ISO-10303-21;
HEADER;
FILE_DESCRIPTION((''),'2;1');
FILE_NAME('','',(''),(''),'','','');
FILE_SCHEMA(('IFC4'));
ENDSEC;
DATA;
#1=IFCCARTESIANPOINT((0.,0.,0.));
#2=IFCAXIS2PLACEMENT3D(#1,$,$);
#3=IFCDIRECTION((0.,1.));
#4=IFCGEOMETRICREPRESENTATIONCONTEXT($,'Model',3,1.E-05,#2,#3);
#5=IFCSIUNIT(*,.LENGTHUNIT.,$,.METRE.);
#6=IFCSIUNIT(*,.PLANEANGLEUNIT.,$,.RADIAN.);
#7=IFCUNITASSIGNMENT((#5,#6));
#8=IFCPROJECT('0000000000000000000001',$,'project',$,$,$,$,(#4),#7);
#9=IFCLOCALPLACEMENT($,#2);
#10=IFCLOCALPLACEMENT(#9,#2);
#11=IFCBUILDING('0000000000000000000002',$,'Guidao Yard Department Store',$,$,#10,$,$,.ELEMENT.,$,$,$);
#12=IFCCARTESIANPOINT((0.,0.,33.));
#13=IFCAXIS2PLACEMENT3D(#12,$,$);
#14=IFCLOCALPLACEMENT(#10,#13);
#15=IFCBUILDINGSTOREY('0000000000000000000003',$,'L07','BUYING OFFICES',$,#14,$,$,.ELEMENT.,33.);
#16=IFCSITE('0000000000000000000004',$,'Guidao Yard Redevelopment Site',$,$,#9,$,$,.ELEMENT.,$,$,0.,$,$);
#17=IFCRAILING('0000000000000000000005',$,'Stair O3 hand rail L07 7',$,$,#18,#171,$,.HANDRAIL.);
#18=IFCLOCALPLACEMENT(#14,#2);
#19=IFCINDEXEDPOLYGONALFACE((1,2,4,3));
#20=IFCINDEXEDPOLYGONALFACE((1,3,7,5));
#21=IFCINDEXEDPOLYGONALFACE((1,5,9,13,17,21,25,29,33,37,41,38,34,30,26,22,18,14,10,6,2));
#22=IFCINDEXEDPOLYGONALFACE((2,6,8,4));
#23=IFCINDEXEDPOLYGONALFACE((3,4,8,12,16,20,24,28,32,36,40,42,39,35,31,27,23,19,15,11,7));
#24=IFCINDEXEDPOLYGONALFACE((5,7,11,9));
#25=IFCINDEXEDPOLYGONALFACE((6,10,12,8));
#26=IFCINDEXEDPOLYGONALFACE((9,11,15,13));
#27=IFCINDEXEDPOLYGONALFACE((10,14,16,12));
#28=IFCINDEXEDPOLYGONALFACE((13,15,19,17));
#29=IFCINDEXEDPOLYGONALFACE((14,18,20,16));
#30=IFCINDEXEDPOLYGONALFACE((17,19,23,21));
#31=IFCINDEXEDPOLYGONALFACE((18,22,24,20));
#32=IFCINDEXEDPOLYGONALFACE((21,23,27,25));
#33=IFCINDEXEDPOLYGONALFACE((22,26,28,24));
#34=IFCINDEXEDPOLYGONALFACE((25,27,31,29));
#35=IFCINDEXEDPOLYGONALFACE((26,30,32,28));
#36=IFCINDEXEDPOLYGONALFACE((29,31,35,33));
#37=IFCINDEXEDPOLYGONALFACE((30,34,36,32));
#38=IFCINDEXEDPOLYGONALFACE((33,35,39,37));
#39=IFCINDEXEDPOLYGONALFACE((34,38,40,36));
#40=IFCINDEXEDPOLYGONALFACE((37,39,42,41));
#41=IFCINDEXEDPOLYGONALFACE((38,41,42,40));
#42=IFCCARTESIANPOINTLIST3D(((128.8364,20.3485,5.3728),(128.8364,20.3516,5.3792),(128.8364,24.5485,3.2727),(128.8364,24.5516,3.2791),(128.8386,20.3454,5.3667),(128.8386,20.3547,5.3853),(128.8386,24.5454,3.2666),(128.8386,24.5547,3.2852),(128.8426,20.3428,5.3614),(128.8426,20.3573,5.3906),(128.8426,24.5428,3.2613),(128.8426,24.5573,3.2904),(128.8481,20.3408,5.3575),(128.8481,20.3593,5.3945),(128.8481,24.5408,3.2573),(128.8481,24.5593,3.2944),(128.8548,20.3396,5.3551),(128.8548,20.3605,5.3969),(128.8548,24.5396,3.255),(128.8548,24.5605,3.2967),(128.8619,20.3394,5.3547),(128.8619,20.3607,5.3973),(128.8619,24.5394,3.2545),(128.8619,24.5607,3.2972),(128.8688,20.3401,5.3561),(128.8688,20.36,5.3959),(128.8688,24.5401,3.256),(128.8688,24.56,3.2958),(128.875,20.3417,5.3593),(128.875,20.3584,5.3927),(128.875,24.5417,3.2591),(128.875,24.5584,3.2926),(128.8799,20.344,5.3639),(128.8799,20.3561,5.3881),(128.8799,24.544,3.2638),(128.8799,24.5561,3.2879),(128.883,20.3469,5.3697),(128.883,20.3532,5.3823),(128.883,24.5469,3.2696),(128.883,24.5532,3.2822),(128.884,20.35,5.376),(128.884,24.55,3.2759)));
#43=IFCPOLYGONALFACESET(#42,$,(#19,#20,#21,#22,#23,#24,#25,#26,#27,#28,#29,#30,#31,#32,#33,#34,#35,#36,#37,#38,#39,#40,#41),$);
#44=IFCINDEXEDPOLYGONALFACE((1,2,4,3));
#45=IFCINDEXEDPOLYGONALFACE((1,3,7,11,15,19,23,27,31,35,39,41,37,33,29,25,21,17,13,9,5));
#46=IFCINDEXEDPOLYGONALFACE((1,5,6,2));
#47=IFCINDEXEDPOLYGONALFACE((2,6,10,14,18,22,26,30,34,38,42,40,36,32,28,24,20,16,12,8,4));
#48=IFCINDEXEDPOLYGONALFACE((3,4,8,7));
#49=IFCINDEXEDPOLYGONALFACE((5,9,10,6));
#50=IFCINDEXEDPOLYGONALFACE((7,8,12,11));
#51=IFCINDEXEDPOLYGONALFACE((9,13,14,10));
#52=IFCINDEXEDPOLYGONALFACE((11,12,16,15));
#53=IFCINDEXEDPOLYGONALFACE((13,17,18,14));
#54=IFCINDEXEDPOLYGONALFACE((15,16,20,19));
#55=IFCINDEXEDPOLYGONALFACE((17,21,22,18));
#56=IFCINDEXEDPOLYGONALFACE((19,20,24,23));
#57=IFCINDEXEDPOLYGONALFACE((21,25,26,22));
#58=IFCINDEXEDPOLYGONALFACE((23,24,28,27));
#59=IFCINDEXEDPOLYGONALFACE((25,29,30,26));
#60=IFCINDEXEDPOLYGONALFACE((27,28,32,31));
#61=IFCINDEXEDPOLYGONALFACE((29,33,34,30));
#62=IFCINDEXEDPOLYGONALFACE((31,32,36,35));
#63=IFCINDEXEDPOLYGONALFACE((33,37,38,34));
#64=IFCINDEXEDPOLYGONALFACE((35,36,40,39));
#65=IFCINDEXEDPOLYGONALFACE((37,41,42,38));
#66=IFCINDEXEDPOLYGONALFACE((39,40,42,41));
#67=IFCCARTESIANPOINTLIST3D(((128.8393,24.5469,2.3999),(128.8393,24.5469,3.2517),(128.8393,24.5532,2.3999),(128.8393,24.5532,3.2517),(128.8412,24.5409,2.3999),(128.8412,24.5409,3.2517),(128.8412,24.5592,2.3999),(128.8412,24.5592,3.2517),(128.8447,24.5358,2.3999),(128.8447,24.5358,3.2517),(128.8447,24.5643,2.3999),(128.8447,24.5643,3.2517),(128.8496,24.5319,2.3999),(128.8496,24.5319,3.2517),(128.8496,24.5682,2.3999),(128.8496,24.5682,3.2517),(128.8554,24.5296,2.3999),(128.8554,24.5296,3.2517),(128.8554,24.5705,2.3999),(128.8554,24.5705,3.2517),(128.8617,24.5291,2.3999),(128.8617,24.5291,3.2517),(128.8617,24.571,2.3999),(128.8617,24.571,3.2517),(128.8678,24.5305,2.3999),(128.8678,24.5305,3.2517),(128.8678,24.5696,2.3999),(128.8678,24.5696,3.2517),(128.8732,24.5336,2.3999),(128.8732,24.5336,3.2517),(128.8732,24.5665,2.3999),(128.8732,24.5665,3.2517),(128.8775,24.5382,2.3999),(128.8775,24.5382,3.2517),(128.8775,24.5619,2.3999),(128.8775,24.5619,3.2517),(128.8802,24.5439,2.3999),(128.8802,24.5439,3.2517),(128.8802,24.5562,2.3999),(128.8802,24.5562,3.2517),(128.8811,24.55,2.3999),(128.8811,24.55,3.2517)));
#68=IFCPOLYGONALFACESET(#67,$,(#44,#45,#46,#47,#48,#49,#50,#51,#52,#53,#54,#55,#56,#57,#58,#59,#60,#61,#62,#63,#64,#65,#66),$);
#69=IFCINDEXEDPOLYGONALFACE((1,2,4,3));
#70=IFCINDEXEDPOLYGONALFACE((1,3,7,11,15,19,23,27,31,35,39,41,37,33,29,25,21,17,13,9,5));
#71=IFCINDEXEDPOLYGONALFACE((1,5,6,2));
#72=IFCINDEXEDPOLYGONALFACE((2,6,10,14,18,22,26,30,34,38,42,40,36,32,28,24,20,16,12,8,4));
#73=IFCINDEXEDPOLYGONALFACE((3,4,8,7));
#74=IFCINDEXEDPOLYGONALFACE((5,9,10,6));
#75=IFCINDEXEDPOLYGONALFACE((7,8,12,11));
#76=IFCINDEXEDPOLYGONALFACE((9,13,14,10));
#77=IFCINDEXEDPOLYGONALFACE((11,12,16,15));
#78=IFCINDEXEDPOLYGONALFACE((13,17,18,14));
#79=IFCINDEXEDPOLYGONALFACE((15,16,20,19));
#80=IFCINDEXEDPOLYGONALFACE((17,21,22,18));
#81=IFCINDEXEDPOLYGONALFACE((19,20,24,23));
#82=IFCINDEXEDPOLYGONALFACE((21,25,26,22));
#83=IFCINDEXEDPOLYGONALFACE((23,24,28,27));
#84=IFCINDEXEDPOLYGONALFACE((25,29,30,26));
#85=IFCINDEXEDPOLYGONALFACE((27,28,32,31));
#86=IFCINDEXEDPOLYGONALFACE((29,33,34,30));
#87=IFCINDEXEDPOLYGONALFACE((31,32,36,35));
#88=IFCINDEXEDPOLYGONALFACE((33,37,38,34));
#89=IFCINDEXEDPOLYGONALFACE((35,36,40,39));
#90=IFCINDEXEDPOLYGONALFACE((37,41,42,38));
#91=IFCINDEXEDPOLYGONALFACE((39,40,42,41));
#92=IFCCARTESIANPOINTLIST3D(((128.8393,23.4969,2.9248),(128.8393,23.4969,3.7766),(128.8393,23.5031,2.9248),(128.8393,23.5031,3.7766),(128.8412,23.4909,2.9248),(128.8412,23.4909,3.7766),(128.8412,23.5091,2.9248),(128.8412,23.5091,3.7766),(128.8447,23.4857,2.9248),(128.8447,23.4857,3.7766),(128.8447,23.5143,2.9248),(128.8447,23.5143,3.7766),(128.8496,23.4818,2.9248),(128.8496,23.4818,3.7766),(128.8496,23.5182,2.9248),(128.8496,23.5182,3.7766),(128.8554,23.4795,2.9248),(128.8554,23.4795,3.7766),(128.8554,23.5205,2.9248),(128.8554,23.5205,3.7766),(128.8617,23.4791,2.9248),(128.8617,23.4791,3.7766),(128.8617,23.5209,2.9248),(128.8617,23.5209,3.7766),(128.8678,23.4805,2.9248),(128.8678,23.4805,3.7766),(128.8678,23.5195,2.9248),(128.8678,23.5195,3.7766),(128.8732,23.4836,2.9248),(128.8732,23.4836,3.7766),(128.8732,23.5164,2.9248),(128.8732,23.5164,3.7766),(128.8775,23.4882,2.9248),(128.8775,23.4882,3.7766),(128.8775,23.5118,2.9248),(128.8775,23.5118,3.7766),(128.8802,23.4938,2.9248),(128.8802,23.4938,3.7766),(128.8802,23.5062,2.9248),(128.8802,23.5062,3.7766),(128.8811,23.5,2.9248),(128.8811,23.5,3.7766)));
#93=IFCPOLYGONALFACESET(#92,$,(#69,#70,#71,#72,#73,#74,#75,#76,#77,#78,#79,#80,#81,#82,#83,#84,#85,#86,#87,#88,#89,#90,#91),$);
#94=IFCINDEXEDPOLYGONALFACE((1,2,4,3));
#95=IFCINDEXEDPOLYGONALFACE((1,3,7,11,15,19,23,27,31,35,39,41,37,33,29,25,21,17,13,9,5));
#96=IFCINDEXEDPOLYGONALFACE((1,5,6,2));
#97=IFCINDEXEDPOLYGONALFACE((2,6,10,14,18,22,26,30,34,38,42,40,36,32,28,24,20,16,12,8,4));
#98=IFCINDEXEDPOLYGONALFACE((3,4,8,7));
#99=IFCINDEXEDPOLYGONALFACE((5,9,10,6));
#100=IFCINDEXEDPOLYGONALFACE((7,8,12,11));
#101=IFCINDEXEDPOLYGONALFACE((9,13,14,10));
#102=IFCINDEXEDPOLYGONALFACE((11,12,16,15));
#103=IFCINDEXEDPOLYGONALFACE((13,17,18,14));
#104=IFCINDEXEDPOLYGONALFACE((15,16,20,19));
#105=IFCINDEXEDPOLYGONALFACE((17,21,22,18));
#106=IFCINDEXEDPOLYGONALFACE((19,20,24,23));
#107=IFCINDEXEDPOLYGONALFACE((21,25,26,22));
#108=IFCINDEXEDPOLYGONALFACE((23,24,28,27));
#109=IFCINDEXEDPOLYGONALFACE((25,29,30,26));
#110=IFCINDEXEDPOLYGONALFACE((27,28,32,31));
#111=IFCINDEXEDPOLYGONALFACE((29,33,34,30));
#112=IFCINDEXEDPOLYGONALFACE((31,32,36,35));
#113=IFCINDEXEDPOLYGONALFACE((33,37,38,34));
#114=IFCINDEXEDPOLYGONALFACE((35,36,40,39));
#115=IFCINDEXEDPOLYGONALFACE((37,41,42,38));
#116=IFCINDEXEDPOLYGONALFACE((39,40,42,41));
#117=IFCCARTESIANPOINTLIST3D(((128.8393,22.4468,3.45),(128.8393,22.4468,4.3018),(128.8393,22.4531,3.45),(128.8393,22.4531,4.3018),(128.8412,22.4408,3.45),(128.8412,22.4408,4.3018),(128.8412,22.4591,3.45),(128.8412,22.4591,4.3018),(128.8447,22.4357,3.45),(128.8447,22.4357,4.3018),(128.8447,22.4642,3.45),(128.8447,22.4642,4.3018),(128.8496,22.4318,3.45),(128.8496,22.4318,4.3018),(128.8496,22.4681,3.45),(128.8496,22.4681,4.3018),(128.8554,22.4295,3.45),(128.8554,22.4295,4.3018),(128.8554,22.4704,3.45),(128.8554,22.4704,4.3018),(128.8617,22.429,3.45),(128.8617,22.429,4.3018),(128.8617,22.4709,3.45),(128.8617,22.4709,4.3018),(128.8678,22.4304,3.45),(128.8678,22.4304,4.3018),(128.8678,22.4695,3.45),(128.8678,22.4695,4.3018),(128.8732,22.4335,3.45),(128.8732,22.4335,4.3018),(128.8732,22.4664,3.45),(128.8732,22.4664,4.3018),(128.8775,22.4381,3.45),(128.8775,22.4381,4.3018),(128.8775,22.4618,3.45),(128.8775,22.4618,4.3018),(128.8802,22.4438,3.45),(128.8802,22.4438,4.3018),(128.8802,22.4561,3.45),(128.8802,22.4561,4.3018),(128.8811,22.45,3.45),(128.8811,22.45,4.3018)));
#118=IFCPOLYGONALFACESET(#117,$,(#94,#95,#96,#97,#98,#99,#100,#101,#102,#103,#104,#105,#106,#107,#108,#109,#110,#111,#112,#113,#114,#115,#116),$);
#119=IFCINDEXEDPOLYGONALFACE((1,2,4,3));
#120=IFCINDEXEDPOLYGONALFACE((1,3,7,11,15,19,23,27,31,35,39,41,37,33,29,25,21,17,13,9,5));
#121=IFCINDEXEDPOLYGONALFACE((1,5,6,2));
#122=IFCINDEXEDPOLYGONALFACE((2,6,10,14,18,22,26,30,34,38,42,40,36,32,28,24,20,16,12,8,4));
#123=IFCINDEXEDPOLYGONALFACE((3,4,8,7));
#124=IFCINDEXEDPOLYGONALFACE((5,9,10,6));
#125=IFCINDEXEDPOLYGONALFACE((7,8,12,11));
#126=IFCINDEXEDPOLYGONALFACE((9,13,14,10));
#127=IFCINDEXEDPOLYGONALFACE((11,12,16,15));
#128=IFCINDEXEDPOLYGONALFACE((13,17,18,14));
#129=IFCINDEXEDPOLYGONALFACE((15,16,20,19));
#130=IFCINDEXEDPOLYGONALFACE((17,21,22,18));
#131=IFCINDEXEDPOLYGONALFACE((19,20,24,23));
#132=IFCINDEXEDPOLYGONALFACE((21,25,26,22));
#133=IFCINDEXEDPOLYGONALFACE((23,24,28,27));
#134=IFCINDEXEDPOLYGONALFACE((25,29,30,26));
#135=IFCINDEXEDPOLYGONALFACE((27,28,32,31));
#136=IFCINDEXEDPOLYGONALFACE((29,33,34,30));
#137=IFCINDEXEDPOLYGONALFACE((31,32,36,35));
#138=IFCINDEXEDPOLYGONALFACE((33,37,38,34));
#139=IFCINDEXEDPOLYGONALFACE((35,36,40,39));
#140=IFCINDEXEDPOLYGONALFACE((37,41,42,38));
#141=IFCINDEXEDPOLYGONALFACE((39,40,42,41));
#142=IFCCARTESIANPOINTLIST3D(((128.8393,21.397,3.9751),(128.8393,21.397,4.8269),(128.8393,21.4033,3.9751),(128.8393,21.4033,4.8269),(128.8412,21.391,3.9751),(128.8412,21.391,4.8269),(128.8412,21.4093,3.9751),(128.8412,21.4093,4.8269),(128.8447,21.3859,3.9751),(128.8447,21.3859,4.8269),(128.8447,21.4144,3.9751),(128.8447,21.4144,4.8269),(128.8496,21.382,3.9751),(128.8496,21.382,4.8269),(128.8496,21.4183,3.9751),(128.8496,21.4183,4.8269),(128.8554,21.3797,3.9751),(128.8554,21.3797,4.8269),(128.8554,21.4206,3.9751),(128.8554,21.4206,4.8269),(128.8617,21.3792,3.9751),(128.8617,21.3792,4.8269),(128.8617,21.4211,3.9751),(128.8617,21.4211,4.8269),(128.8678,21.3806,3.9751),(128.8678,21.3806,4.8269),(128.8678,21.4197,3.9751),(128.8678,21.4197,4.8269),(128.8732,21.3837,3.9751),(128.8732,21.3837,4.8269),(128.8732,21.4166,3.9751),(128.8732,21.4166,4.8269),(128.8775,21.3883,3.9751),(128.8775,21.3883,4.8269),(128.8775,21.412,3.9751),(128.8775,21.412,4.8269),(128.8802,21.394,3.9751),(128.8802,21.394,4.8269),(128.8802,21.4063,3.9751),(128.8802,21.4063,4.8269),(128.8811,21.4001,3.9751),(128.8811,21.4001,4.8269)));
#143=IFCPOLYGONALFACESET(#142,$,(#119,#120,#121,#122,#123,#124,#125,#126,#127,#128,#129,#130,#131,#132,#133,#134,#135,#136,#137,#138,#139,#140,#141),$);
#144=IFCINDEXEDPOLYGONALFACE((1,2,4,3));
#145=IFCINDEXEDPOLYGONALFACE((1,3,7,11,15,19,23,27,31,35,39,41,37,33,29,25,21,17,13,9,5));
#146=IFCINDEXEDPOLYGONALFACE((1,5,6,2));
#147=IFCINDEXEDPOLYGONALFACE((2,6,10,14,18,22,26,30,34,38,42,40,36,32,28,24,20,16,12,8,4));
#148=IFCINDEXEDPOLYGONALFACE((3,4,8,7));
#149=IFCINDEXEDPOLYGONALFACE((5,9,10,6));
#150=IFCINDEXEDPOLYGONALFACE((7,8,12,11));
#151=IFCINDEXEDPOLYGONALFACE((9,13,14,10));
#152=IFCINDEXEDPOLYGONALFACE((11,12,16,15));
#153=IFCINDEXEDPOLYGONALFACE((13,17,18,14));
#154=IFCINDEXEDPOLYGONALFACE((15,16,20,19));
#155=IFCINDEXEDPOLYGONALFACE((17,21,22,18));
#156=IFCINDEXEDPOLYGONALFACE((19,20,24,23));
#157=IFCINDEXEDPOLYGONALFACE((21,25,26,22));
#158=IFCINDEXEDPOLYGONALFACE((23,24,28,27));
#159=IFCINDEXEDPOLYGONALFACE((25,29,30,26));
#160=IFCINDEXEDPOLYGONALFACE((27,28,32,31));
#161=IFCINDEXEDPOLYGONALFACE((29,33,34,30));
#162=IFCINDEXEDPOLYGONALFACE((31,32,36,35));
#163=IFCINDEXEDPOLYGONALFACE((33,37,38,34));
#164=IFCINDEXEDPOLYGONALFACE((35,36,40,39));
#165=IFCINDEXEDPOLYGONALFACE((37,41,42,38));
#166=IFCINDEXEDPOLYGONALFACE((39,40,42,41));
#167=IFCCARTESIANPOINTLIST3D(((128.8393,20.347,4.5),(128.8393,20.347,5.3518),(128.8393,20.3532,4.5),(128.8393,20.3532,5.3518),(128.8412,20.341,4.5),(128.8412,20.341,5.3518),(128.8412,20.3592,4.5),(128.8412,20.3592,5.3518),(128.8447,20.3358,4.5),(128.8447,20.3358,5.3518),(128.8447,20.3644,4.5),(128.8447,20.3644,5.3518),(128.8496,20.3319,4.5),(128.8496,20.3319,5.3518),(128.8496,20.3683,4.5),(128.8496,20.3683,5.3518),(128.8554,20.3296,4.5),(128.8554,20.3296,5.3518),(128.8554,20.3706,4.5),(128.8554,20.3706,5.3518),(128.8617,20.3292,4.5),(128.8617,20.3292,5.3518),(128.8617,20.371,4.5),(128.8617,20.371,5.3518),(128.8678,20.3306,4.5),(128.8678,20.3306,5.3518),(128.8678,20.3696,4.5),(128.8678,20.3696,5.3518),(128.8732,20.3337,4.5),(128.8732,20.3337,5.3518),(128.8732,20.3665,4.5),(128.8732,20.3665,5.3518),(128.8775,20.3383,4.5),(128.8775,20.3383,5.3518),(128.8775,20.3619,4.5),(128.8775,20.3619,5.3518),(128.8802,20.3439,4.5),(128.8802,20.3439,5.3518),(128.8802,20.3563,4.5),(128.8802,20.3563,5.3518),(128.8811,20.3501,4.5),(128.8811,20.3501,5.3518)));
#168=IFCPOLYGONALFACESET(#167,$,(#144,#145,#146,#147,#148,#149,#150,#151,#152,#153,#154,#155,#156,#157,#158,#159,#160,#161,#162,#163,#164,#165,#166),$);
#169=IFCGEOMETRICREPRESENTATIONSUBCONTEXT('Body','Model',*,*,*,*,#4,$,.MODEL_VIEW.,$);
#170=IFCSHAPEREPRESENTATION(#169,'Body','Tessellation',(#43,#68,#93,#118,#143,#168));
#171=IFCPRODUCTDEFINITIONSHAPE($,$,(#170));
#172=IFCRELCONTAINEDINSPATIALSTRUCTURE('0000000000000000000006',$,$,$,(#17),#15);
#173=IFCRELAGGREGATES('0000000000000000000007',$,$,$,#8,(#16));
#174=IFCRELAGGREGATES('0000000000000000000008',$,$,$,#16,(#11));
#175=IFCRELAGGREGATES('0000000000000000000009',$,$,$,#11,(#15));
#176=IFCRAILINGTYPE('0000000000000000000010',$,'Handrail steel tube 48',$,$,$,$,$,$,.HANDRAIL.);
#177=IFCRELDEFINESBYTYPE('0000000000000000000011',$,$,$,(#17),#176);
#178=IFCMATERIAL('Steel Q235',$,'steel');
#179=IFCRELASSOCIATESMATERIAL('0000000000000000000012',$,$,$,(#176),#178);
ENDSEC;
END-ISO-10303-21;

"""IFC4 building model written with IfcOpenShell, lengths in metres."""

from ifc_helpers import new_model, si_unit, direction, frame, origin, origin_2d, place, context, subcontext, project, spatial, circle, extrude, material, type_object, element, save


model = new_model("IFC4")

# Units and contexts
model_context = context("Model", 3, precision=1e-05, world=origin(), true_north=direction((0.0, 1.0)))
body_context = subcontext(model_context, "Body", "Model", "MODEL_VIEW")
ifc_project = project(units=[si_unit("LENGTHUNIT", "METRE"), si_unit("PLANEANGLEUNIT", "RADIAN")], contexts=[model_context])

# Site, building, storey
site_placement = place(None, origin())
site = spatial("IfcSite", under=ifc_project, at=site_placement, Name="Guidao Yard Redevelopment Site", CompositionType="ELEMENT", RefElevation=0.0)
building_placement = place(site_placement, origin())
building = spatial("IfcBuilding", under=site, at=building_placement, Name="Guidao Yard Department Store", CompositionType="ELEMENT")
storey_placement = place(building_placement, frame((0.0, 0.0, 33.0)))
storey = spatial("IfcBuildingStorey", under=building, at=storey_placement, Name="L07", Description="BUYING OFFICES", CompositionType="ELEMENT", Elevation=33.0)

# Railing
ifc_material_1 = material(Name="Steel Q235", Category="steel")
railing_type_1 = type_object("IfcRailingType", Name="Handrail steel tube 48", PredefinedType="HANDRAIL", material=ifc_material_1)
for number, where, name in (
    (1, (128.8601, 24.55, 2.3999), "Stair O3 hand rail L07 7"),
):
    element("IfcRailing", number, at=place(storey_placement, frame(where)), inside=storey, type_object=railing_type_1, Name=name, PredefinedType="HANDRAIL", context=body_context, shape_type="SweptSolid", body=[
        extrude(circle(Radius=0.0239, at=origin_2d()), frame((0.0, 0.0, 0.876), z_axis=(0.0, -0.894417, 0.447234), x_axis=(1.0, 0.0, 0.0)), (0.0, 0.0, 1.0), 4.6958),
        extrude(circle(Radius=0.021, at=origin_2d()), origin(), (0.0, 0.0, 1.0), 0.8518),
        extrude(circle(Radius=0.021, at=origin_2d()), frame((0.0, -1.05, 0.5249)), (0.0, 0.0, 1.0), 0.8518),
        extrude(circle(Radius=0.021, at=origin_2d()), frame((0.0, -2.1001, 1.05)), (0.0, 0.0, 1.0), 0.8518),
        extrude(circle(Radius=0.021, at=origin_2d()), frame((0.0, -3.1499, 1.5752)), (0.0, 0.0, 1.0), 0.8518),
        extrude(circle(Radius=0.021, at=origin_2d()), frame((0.0, -4.2, 2.1001)), (0.0, 0.0, 1.0), 0.8518),
    ])

save(model, "model.ifc")
